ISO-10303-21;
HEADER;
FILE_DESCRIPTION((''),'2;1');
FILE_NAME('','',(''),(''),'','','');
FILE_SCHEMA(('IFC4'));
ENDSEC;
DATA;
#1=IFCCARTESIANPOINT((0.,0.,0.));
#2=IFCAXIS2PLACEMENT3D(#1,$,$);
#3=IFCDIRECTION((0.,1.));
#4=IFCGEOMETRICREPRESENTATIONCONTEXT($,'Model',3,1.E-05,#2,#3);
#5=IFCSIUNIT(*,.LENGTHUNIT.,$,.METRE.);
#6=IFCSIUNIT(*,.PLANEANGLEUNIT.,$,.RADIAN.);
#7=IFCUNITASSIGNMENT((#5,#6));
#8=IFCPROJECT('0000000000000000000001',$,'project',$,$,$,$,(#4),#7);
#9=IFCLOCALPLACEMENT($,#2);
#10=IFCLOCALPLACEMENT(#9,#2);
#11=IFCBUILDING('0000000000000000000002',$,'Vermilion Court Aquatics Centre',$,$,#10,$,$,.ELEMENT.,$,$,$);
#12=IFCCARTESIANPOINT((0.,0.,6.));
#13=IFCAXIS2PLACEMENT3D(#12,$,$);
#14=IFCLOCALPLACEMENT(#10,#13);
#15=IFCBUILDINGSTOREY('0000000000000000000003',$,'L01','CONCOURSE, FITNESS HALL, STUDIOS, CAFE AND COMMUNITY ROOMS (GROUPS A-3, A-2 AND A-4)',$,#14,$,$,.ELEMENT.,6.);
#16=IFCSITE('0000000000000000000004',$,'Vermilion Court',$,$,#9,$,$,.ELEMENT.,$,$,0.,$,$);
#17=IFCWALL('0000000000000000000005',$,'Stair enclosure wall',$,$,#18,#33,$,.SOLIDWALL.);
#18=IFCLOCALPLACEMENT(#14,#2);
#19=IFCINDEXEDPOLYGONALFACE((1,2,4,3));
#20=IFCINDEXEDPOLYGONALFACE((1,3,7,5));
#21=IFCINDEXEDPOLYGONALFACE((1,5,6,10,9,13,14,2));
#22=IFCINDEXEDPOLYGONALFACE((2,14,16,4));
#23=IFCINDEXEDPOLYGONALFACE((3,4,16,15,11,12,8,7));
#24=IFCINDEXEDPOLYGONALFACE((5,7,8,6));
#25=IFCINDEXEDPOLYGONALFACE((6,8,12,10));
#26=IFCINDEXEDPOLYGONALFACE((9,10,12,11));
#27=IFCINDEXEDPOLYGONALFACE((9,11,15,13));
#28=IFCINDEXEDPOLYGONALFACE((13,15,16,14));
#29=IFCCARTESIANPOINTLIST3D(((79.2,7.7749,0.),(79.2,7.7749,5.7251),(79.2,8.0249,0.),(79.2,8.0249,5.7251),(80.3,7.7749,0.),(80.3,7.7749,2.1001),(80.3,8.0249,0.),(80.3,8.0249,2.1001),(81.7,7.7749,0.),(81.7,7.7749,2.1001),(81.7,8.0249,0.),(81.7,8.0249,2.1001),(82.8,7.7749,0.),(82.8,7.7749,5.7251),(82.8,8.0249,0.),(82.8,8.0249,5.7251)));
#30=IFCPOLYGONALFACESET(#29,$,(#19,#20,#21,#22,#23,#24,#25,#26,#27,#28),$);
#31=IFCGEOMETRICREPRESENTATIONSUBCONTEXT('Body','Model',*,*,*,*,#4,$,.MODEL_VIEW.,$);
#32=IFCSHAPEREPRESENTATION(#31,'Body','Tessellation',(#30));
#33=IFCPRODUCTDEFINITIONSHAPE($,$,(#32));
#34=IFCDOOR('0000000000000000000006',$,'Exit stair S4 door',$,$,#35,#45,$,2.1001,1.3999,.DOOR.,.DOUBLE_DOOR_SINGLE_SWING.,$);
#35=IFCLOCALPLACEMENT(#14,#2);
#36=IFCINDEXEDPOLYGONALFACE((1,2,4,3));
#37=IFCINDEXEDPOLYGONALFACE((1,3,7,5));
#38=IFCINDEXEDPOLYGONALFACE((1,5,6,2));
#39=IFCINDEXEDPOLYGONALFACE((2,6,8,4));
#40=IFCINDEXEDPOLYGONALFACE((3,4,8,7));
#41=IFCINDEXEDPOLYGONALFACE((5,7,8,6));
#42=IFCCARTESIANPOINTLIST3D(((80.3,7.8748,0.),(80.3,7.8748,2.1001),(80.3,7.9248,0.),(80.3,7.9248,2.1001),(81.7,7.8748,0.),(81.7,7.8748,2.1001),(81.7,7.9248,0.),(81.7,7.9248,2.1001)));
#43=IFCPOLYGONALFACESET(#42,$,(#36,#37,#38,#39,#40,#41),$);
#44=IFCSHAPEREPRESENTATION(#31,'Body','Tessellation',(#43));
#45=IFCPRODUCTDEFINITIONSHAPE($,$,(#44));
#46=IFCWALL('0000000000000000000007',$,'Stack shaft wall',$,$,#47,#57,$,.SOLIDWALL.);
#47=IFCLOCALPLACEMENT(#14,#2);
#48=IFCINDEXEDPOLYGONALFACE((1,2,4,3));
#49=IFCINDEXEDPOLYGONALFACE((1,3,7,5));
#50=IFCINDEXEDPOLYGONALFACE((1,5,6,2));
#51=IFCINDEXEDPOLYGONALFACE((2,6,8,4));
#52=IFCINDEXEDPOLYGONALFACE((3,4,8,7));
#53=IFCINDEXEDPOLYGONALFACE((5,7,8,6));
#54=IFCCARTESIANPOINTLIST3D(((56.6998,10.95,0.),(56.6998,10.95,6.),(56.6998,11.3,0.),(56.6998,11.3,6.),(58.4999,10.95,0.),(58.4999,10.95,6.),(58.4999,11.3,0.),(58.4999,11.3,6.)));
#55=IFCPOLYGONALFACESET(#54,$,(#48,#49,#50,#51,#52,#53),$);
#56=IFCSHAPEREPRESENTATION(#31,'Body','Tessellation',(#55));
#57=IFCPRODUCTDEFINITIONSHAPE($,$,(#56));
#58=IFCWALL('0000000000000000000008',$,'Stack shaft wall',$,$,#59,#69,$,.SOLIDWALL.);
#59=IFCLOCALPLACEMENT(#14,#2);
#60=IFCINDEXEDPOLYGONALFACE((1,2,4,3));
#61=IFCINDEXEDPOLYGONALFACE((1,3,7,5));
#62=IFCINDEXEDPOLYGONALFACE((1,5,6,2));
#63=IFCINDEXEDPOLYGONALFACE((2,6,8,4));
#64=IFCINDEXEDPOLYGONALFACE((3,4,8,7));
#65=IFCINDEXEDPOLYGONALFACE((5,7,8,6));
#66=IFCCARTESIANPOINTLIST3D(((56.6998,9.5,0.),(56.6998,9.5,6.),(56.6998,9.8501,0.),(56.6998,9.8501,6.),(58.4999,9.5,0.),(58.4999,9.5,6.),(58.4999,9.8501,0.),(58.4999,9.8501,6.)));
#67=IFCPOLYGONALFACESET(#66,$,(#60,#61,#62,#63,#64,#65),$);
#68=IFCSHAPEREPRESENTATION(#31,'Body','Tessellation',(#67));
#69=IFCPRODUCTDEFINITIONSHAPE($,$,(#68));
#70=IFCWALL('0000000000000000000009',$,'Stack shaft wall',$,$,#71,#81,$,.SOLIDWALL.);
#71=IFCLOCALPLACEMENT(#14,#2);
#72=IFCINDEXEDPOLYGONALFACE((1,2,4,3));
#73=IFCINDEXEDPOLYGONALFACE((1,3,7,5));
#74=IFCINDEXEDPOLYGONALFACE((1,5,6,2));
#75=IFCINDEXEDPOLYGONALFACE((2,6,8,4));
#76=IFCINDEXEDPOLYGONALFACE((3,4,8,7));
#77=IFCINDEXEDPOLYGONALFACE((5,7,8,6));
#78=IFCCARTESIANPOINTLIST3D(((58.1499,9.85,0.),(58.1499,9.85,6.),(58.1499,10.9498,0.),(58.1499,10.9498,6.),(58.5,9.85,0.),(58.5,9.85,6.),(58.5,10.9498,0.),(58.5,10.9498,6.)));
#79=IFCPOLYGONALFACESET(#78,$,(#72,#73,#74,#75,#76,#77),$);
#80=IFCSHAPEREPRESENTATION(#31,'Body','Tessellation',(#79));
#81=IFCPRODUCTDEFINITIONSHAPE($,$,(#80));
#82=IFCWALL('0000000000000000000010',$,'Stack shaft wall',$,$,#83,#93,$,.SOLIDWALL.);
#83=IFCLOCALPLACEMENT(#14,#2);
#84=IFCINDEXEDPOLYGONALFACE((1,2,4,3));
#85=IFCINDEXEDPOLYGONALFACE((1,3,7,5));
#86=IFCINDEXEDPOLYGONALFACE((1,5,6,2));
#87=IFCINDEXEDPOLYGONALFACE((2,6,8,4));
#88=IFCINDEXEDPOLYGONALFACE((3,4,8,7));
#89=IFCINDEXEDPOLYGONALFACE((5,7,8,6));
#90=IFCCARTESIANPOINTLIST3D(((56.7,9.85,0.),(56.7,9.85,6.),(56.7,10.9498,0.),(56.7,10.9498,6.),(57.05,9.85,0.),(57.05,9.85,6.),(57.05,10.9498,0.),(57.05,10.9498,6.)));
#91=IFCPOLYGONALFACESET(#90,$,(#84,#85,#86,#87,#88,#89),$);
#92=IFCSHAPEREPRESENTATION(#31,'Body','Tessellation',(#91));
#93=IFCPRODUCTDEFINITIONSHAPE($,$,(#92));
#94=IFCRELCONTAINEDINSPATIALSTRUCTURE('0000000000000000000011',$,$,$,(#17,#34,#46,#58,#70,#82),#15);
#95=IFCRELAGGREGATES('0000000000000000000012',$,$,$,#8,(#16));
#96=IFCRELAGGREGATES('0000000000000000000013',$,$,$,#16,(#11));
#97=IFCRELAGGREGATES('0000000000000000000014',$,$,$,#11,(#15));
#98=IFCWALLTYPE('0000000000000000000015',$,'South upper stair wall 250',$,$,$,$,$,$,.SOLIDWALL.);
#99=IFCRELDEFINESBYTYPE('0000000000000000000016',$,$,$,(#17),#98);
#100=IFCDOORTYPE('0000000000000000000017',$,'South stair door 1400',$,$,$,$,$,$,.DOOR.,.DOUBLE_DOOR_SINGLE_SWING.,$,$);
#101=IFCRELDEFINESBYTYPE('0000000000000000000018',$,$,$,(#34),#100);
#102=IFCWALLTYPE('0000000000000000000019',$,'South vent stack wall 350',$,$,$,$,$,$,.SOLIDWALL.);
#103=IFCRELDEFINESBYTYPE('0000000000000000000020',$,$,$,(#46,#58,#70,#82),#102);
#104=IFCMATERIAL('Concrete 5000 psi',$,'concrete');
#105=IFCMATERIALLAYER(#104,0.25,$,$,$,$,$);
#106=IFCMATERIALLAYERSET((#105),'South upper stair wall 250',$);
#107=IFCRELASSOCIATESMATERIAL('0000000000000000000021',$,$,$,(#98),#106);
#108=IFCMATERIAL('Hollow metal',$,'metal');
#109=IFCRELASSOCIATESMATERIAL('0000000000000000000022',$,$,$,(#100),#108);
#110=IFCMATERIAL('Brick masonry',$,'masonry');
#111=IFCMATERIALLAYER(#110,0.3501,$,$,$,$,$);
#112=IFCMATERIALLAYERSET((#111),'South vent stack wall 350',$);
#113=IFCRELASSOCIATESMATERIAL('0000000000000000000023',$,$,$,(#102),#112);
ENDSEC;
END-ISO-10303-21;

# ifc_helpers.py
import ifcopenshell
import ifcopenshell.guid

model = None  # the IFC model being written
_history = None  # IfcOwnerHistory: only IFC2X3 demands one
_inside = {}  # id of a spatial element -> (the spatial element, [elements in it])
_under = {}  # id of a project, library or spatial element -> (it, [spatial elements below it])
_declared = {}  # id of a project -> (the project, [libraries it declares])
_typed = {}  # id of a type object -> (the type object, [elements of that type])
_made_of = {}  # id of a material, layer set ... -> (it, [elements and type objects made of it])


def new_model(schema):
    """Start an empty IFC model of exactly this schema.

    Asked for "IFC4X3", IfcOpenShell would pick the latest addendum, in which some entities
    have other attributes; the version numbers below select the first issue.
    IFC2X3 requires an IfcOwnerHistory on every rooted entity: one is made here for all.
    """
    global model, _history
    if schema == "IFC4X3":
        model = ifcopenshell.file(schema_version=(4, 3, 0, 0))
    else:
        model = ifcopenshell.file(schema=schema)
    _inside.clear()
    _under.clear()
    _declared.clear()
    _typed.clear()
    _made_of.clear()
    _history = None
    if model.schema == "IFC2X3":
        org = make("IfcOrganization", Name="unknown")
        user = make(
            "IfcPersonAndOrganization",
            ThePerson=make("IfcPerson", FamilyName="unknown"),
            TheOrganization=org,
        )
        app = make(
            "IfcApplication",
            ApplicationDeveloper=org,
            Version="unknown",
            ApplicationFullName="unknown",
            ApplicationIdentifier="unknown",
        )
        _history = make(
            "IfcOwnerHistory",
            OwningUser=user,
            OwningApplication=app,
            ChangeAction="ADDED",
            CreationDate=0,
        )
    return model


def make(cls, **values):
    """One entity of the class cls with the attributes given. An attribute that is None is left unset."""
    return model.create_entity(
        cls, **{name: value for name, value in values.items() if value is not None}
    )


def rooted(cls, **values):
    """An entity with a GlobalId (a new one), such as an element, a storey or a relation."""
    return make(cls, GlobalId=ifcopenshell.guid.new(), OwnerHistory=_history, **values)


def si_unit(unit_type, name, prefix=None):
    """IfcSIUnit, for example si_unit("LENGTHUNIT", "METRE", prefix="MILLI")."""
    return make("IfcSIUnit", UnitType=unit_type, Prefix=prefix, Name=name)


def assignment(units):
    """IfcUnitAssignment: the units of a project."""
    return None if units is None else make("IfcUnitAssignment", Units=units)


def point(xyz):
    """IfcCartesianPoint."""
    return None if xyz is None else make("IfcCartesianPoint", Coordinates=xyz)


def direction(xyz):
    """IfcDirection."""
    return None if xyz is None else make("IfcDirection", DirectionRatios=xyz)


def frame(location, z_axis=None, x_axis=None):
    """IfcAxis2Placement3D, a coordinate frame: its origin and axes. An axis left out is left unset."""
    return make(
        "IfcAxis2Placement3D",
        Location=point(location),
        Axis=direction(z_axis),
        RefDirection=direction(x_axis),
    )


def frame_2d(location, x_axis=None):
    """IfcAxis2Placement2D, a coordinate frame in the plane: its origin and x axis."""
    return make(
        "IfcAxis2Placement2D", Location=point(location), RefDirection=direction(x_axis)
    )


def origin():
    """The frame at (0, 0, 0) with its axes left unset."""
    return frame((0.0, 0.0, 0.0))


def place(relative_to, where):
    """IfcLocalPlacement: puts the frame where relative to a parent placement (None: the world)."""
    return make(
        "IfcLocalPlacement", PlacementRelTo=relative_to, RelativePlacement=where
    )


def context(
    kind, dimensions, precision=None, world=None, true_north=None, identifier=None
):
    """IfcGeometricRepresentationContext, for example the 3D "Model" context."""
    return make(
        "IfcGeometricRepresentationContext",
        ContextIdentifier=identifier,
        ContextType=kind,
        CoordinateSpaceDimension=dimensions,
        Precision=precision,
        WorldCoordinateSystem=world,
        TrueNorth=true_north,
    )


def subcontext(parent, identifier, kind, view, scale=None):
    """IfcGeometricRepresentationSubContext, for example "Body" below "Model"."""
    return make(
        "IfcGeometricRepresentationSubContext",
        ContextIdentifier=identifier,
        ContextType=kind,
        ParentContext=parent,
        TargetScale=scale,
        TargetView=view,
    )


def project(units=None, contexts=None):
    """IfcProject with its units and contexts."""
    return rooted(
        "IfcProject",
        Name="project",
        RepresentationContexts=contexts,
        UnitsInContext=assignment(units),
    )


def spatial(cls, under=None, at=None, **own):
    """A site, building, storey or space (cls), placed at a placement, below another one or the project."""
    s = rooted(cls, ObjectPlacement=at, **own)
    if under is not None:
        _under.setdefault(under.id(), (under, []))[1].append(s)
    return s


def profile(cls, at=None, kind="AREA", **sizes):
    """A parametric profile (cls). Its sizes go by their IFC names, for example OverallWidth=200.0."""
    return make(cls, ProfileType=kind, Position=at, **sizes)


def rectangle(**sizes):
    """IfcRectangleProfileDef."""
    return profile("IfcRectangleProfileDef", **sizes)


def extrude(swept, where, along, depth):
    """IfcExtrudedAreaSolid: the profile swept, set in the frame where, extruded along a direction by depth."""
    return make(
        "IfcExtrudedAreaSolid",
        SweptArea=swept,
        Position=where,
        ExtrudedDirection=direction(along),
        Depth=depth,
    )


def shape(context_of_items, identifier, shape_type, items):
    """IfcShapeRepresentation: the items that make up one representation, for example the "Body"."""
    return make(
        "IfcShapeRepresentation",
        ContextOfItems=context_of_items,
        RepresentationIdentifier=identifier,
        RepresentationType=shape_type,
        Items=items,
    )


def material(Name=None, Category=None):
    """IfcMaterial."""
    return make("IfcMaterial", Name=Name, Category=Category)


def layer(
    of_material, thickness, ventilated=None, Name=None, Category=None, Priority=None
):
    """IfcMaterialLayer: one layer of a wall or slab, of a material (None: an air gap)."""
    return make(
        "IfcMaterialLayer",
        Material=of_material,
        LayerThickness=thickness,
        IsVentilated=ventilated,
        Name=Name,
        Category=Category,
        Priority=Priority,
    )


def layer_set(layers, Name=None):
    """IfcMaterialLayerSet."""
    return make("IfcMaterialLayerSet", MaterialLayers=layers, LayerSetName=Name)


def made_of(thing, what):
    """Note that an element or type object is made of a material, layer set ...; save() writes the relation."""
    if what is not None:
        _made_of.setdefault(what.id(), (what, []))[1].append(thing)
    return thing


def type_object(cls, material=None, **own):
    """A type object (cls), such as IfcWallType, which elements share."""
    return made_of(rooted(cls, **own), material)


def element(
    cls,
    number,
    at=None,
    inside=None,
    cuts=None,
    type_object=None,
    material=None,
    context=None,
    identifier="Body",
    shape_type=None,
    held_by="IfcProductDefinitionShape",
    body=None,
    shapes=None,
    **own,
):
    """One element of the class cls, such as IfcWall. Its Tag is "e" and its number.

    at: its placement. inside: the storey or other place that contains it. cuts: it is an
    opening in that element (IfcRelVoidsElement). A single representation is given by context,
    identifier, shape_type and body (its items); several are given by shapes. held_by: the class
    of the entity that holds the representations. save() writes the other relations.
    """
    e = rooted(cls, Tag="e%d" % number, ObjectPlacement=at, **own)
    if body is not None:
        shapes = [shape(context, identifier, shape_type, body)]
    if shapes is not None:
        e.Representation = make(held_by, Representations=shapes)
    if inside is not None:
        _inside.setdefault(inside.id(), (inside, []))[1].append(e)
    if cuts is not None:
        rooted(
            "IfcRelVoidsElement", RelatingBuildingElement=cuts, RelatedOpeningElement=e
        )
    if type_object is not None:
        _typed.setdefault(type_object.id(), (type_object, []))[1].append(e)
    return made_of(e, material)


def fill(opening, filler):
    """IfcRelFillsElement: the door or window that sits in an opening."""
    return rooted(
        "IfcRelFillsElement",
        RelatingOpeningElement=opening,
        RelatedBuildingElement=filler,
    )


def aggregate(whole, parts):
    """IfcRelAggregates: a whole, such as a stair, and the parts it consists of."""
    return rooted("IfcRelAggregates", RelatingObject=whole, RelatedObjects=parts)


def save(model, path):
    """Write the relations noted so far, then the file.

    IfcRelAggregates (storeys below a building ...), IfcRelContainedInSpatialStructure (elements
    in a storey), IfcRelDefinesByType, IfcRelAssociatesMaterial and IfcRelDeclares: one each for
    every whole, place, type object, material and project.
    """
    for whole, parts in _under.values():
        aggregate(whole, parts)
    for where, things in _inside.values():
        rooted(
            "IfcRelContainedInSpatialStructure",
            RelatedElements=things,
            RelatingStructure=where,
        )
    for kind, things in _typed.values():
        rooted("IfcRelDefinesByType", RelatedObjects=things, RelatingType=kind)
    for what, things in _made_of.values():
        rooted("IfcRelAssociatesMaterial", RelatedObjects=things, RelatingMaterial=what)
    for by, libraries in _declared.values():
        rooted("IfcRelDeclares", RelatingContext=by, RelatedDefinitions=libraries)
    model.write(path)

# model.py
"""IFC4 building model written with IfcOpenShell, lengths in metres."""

from ifc_helpers import new_model, si_unit, direction, frame, frame_2d, origin, place, context, subcontext, project, spatial, rectangle, extrude, material, layer, layer_set, type_object, element, fill, save


model = new_model("IFC4")

# Units and contexts
model_context = context("Model", 3, precision=1e-05, world=origin(), true_north=direction((0.0, 1.0)))
body_context = subcontext(model_context, "Body", "Model", "MODEL_VIEW")
ifc_project = project(units=[si_unit("LENGTHUNIT", "METRE"), si_unit("PLANEANGLEUNIT", "RADIAN")], contexts=[model_context])

# Site, building, storey
site_placement = place(None, origin())
site = spatial("IfcSite", under=ifc_project, at=site_placement, Name="Vermilion Court", CompositionType="ELEMENT", RefElevation=0.0)
building_placement = place(site_placement, origin())
building = spatial("IfcBuilding", under=site, at=building_placement, Name="Vermilion Court Aquatics Centre", CompositionType="ELEMENT")
storey_placement = place(building_placement, frame((0.0, 0.0, 6.0)))
storey = spatial("IfcBuildingStorey", under=building, at=storey_placement, Name="L01", Description="CONCOURSE, FITNESS HALL, STUDIOS, CAFE AND COMMUNITY ROOMS (GROUPS A-3, A-2 AND A-4)", CompositionType="ELEMENT", Elevation=6.0)

# Wall, opening, door
ifc_material_1 = material(Name="Concrete 5000 psi", Category="concrete")
ifc_layer_1 = layer(ifc_material_1, 0.25)
ifc_layer_set_1 = layer_set([ifc_layer_1], Name="South upper stair wall 250")
wall_type_1 = type_object("IfcWallType", Name="South upper stair wall 250", PredefinedType="SOLIDWALL", material=ifc_layer_set_1)
wall_1_placement = place(storey_placement, frame((79.2, 7.8999, 0.0), z_axis=(0.0, 0.0, 1.0), x_axis=(1.0, 0.0, 0.0)))
wall_1 = element("IfcWall", 1, at=wall_1_placement, inside=storey, type_object=wall_type_1, Name="Stair enclosure wall", PredefinedType="SOLIDWALL", context=body_context, shape_type="SweptSolid", body=[
    extrude(rectangle(XDim=3.6001, YDim=0.25, at=frame_2d((1.8, 0.0))), origin(), (0.0, 0.0, 1.0), 5.7251),
])
opening_1_placement = place(wall_1_placement, frame((1.1001, 0.0, 0.0)))
opening_1 = element("IfcOpeningElement", 2, at=opening_1_placement, cuts=wall_1, PredefinedType="OPENING", context=body_context, shape_type="SweptSolid", body=[
    extrude(rectangle(XDim=1.3999, YDim=2.1001, at=frame_2d((0.7, 1.05))), frame((0.0, 0.135, 0.0), z_axis=(0.0, -1.0, 0.0), x_axis=(1.0, 0.0, 0.0)), (0.0, 0.0, 1.0), 0.27),
])
ifc_material_2 = material(Name="Hollow metal", Category="metal")
door_type_1 = type_object("IfcDoorType", Name="South stair door 1400", OperationType="DOUBLE_DOOR_SINGLE_SWING", PredefinedType="DOOR", material=ifc_material_2)
door_1_placement = place(opening_1_placement, frame((1.3999, 0.0, 0.0), z_axis=(0.0, 0.0, 1.0), x_axis=(-1.0, 0.0, 0.0)))
door_1 = element("IfcDoor", 3, at=door_1_placement, inside=storey, type_object=door_type_1, Name="Exit stair S4 door", OperationType="DOUBLE_DOOR_SINGLE_SWING", OverallHeight=2.1001, OverallWidth=1.3999, PredefinedType="DOOR", context=body_context, shape_type="SweptSolid", body=[
    extrude(rectangle(XDim=1.3999, YDim=2.1001, at=frame_2d((0.7, 1.05))), frame((0.0, 0.0251, 0.0), z_axis=(0.0, -1.0, 0.0), x_axis=(1.0, 0.0, 0.0)), (0.0, 0.0, 1.0), 0.05),
])
fill(opening_1, door_1)

# Walls
ifc_material_3 = material(Name="Brick masonry", Category="masonry")
ifc_layer_2 = layer(ifc_material_3, 0.3501)
ifc_layer_set_2 = layer_set([ifc_layer_2], Name="South vent stack wall 350")
wall_type_2 = type_object("IfcWallType", Name="South vent stack wall 350", PredefinedType="SOLIDWALL", material=ifc_layer_set_2)
for number, where, z_axis, x_axis, name in (
    (4, (56.7, 11.125, 0.0), (0.0, 0.0, 1.0), (1.0, 0.0, 0.0), "Stack shaft wall"),
    (5, (56.7, 9.675, 0.0), (0.0, 0.0, 1.0), (1.0, 0.0, 0.0), "Stack shaft wall"),
):
    element("IfcWall", number, at=place(storey_placement, frame(where, z_axis=z_axis, x_axis=x_axis)), inside=storey, type_object=wall_type_2, Name=name, PredefinedType="SOLIDWALL", context=body_context, shape_type="SweptSolid", body=[
        extrude(rectangle(XDim=1.8, YDim=0.3501, at=frame_2d((0.8999, 0.0))), origin(), (0.0, 0.0, 1.0), 6.0),
    ])
for number, where, z_axis, x_axis, name in (
    (6, (58.325, 9.8501, 0.0), (0.0, 0.0, 1.0), (0.0, 1.0, 0.0), "Stack shaft wall"),
    (7, (56.875, 9.8501, 0.0), (0.0, 0.0, 1.0), (0.0, 1.0, 0.0), "Stack shaft wall"),
):
    element("IfcWall", number, at=place(storey_placement, frame(where, z_axis=z_axis, x_axis=x_axis)), inside=storey, type_object=wall_type_2, Name=name, PredefinedType="SOLIDWALL", context=body_context, shape_type="SweptSolid", body=[
        extrude(rectangle(XDim=1.0999, YDim=0.3501, at=frame_2d((0.5498, 0.0))), origin(), (0.0, 0.0, 1.0), 6.0),
    ])

save(model, "model.ifc")
